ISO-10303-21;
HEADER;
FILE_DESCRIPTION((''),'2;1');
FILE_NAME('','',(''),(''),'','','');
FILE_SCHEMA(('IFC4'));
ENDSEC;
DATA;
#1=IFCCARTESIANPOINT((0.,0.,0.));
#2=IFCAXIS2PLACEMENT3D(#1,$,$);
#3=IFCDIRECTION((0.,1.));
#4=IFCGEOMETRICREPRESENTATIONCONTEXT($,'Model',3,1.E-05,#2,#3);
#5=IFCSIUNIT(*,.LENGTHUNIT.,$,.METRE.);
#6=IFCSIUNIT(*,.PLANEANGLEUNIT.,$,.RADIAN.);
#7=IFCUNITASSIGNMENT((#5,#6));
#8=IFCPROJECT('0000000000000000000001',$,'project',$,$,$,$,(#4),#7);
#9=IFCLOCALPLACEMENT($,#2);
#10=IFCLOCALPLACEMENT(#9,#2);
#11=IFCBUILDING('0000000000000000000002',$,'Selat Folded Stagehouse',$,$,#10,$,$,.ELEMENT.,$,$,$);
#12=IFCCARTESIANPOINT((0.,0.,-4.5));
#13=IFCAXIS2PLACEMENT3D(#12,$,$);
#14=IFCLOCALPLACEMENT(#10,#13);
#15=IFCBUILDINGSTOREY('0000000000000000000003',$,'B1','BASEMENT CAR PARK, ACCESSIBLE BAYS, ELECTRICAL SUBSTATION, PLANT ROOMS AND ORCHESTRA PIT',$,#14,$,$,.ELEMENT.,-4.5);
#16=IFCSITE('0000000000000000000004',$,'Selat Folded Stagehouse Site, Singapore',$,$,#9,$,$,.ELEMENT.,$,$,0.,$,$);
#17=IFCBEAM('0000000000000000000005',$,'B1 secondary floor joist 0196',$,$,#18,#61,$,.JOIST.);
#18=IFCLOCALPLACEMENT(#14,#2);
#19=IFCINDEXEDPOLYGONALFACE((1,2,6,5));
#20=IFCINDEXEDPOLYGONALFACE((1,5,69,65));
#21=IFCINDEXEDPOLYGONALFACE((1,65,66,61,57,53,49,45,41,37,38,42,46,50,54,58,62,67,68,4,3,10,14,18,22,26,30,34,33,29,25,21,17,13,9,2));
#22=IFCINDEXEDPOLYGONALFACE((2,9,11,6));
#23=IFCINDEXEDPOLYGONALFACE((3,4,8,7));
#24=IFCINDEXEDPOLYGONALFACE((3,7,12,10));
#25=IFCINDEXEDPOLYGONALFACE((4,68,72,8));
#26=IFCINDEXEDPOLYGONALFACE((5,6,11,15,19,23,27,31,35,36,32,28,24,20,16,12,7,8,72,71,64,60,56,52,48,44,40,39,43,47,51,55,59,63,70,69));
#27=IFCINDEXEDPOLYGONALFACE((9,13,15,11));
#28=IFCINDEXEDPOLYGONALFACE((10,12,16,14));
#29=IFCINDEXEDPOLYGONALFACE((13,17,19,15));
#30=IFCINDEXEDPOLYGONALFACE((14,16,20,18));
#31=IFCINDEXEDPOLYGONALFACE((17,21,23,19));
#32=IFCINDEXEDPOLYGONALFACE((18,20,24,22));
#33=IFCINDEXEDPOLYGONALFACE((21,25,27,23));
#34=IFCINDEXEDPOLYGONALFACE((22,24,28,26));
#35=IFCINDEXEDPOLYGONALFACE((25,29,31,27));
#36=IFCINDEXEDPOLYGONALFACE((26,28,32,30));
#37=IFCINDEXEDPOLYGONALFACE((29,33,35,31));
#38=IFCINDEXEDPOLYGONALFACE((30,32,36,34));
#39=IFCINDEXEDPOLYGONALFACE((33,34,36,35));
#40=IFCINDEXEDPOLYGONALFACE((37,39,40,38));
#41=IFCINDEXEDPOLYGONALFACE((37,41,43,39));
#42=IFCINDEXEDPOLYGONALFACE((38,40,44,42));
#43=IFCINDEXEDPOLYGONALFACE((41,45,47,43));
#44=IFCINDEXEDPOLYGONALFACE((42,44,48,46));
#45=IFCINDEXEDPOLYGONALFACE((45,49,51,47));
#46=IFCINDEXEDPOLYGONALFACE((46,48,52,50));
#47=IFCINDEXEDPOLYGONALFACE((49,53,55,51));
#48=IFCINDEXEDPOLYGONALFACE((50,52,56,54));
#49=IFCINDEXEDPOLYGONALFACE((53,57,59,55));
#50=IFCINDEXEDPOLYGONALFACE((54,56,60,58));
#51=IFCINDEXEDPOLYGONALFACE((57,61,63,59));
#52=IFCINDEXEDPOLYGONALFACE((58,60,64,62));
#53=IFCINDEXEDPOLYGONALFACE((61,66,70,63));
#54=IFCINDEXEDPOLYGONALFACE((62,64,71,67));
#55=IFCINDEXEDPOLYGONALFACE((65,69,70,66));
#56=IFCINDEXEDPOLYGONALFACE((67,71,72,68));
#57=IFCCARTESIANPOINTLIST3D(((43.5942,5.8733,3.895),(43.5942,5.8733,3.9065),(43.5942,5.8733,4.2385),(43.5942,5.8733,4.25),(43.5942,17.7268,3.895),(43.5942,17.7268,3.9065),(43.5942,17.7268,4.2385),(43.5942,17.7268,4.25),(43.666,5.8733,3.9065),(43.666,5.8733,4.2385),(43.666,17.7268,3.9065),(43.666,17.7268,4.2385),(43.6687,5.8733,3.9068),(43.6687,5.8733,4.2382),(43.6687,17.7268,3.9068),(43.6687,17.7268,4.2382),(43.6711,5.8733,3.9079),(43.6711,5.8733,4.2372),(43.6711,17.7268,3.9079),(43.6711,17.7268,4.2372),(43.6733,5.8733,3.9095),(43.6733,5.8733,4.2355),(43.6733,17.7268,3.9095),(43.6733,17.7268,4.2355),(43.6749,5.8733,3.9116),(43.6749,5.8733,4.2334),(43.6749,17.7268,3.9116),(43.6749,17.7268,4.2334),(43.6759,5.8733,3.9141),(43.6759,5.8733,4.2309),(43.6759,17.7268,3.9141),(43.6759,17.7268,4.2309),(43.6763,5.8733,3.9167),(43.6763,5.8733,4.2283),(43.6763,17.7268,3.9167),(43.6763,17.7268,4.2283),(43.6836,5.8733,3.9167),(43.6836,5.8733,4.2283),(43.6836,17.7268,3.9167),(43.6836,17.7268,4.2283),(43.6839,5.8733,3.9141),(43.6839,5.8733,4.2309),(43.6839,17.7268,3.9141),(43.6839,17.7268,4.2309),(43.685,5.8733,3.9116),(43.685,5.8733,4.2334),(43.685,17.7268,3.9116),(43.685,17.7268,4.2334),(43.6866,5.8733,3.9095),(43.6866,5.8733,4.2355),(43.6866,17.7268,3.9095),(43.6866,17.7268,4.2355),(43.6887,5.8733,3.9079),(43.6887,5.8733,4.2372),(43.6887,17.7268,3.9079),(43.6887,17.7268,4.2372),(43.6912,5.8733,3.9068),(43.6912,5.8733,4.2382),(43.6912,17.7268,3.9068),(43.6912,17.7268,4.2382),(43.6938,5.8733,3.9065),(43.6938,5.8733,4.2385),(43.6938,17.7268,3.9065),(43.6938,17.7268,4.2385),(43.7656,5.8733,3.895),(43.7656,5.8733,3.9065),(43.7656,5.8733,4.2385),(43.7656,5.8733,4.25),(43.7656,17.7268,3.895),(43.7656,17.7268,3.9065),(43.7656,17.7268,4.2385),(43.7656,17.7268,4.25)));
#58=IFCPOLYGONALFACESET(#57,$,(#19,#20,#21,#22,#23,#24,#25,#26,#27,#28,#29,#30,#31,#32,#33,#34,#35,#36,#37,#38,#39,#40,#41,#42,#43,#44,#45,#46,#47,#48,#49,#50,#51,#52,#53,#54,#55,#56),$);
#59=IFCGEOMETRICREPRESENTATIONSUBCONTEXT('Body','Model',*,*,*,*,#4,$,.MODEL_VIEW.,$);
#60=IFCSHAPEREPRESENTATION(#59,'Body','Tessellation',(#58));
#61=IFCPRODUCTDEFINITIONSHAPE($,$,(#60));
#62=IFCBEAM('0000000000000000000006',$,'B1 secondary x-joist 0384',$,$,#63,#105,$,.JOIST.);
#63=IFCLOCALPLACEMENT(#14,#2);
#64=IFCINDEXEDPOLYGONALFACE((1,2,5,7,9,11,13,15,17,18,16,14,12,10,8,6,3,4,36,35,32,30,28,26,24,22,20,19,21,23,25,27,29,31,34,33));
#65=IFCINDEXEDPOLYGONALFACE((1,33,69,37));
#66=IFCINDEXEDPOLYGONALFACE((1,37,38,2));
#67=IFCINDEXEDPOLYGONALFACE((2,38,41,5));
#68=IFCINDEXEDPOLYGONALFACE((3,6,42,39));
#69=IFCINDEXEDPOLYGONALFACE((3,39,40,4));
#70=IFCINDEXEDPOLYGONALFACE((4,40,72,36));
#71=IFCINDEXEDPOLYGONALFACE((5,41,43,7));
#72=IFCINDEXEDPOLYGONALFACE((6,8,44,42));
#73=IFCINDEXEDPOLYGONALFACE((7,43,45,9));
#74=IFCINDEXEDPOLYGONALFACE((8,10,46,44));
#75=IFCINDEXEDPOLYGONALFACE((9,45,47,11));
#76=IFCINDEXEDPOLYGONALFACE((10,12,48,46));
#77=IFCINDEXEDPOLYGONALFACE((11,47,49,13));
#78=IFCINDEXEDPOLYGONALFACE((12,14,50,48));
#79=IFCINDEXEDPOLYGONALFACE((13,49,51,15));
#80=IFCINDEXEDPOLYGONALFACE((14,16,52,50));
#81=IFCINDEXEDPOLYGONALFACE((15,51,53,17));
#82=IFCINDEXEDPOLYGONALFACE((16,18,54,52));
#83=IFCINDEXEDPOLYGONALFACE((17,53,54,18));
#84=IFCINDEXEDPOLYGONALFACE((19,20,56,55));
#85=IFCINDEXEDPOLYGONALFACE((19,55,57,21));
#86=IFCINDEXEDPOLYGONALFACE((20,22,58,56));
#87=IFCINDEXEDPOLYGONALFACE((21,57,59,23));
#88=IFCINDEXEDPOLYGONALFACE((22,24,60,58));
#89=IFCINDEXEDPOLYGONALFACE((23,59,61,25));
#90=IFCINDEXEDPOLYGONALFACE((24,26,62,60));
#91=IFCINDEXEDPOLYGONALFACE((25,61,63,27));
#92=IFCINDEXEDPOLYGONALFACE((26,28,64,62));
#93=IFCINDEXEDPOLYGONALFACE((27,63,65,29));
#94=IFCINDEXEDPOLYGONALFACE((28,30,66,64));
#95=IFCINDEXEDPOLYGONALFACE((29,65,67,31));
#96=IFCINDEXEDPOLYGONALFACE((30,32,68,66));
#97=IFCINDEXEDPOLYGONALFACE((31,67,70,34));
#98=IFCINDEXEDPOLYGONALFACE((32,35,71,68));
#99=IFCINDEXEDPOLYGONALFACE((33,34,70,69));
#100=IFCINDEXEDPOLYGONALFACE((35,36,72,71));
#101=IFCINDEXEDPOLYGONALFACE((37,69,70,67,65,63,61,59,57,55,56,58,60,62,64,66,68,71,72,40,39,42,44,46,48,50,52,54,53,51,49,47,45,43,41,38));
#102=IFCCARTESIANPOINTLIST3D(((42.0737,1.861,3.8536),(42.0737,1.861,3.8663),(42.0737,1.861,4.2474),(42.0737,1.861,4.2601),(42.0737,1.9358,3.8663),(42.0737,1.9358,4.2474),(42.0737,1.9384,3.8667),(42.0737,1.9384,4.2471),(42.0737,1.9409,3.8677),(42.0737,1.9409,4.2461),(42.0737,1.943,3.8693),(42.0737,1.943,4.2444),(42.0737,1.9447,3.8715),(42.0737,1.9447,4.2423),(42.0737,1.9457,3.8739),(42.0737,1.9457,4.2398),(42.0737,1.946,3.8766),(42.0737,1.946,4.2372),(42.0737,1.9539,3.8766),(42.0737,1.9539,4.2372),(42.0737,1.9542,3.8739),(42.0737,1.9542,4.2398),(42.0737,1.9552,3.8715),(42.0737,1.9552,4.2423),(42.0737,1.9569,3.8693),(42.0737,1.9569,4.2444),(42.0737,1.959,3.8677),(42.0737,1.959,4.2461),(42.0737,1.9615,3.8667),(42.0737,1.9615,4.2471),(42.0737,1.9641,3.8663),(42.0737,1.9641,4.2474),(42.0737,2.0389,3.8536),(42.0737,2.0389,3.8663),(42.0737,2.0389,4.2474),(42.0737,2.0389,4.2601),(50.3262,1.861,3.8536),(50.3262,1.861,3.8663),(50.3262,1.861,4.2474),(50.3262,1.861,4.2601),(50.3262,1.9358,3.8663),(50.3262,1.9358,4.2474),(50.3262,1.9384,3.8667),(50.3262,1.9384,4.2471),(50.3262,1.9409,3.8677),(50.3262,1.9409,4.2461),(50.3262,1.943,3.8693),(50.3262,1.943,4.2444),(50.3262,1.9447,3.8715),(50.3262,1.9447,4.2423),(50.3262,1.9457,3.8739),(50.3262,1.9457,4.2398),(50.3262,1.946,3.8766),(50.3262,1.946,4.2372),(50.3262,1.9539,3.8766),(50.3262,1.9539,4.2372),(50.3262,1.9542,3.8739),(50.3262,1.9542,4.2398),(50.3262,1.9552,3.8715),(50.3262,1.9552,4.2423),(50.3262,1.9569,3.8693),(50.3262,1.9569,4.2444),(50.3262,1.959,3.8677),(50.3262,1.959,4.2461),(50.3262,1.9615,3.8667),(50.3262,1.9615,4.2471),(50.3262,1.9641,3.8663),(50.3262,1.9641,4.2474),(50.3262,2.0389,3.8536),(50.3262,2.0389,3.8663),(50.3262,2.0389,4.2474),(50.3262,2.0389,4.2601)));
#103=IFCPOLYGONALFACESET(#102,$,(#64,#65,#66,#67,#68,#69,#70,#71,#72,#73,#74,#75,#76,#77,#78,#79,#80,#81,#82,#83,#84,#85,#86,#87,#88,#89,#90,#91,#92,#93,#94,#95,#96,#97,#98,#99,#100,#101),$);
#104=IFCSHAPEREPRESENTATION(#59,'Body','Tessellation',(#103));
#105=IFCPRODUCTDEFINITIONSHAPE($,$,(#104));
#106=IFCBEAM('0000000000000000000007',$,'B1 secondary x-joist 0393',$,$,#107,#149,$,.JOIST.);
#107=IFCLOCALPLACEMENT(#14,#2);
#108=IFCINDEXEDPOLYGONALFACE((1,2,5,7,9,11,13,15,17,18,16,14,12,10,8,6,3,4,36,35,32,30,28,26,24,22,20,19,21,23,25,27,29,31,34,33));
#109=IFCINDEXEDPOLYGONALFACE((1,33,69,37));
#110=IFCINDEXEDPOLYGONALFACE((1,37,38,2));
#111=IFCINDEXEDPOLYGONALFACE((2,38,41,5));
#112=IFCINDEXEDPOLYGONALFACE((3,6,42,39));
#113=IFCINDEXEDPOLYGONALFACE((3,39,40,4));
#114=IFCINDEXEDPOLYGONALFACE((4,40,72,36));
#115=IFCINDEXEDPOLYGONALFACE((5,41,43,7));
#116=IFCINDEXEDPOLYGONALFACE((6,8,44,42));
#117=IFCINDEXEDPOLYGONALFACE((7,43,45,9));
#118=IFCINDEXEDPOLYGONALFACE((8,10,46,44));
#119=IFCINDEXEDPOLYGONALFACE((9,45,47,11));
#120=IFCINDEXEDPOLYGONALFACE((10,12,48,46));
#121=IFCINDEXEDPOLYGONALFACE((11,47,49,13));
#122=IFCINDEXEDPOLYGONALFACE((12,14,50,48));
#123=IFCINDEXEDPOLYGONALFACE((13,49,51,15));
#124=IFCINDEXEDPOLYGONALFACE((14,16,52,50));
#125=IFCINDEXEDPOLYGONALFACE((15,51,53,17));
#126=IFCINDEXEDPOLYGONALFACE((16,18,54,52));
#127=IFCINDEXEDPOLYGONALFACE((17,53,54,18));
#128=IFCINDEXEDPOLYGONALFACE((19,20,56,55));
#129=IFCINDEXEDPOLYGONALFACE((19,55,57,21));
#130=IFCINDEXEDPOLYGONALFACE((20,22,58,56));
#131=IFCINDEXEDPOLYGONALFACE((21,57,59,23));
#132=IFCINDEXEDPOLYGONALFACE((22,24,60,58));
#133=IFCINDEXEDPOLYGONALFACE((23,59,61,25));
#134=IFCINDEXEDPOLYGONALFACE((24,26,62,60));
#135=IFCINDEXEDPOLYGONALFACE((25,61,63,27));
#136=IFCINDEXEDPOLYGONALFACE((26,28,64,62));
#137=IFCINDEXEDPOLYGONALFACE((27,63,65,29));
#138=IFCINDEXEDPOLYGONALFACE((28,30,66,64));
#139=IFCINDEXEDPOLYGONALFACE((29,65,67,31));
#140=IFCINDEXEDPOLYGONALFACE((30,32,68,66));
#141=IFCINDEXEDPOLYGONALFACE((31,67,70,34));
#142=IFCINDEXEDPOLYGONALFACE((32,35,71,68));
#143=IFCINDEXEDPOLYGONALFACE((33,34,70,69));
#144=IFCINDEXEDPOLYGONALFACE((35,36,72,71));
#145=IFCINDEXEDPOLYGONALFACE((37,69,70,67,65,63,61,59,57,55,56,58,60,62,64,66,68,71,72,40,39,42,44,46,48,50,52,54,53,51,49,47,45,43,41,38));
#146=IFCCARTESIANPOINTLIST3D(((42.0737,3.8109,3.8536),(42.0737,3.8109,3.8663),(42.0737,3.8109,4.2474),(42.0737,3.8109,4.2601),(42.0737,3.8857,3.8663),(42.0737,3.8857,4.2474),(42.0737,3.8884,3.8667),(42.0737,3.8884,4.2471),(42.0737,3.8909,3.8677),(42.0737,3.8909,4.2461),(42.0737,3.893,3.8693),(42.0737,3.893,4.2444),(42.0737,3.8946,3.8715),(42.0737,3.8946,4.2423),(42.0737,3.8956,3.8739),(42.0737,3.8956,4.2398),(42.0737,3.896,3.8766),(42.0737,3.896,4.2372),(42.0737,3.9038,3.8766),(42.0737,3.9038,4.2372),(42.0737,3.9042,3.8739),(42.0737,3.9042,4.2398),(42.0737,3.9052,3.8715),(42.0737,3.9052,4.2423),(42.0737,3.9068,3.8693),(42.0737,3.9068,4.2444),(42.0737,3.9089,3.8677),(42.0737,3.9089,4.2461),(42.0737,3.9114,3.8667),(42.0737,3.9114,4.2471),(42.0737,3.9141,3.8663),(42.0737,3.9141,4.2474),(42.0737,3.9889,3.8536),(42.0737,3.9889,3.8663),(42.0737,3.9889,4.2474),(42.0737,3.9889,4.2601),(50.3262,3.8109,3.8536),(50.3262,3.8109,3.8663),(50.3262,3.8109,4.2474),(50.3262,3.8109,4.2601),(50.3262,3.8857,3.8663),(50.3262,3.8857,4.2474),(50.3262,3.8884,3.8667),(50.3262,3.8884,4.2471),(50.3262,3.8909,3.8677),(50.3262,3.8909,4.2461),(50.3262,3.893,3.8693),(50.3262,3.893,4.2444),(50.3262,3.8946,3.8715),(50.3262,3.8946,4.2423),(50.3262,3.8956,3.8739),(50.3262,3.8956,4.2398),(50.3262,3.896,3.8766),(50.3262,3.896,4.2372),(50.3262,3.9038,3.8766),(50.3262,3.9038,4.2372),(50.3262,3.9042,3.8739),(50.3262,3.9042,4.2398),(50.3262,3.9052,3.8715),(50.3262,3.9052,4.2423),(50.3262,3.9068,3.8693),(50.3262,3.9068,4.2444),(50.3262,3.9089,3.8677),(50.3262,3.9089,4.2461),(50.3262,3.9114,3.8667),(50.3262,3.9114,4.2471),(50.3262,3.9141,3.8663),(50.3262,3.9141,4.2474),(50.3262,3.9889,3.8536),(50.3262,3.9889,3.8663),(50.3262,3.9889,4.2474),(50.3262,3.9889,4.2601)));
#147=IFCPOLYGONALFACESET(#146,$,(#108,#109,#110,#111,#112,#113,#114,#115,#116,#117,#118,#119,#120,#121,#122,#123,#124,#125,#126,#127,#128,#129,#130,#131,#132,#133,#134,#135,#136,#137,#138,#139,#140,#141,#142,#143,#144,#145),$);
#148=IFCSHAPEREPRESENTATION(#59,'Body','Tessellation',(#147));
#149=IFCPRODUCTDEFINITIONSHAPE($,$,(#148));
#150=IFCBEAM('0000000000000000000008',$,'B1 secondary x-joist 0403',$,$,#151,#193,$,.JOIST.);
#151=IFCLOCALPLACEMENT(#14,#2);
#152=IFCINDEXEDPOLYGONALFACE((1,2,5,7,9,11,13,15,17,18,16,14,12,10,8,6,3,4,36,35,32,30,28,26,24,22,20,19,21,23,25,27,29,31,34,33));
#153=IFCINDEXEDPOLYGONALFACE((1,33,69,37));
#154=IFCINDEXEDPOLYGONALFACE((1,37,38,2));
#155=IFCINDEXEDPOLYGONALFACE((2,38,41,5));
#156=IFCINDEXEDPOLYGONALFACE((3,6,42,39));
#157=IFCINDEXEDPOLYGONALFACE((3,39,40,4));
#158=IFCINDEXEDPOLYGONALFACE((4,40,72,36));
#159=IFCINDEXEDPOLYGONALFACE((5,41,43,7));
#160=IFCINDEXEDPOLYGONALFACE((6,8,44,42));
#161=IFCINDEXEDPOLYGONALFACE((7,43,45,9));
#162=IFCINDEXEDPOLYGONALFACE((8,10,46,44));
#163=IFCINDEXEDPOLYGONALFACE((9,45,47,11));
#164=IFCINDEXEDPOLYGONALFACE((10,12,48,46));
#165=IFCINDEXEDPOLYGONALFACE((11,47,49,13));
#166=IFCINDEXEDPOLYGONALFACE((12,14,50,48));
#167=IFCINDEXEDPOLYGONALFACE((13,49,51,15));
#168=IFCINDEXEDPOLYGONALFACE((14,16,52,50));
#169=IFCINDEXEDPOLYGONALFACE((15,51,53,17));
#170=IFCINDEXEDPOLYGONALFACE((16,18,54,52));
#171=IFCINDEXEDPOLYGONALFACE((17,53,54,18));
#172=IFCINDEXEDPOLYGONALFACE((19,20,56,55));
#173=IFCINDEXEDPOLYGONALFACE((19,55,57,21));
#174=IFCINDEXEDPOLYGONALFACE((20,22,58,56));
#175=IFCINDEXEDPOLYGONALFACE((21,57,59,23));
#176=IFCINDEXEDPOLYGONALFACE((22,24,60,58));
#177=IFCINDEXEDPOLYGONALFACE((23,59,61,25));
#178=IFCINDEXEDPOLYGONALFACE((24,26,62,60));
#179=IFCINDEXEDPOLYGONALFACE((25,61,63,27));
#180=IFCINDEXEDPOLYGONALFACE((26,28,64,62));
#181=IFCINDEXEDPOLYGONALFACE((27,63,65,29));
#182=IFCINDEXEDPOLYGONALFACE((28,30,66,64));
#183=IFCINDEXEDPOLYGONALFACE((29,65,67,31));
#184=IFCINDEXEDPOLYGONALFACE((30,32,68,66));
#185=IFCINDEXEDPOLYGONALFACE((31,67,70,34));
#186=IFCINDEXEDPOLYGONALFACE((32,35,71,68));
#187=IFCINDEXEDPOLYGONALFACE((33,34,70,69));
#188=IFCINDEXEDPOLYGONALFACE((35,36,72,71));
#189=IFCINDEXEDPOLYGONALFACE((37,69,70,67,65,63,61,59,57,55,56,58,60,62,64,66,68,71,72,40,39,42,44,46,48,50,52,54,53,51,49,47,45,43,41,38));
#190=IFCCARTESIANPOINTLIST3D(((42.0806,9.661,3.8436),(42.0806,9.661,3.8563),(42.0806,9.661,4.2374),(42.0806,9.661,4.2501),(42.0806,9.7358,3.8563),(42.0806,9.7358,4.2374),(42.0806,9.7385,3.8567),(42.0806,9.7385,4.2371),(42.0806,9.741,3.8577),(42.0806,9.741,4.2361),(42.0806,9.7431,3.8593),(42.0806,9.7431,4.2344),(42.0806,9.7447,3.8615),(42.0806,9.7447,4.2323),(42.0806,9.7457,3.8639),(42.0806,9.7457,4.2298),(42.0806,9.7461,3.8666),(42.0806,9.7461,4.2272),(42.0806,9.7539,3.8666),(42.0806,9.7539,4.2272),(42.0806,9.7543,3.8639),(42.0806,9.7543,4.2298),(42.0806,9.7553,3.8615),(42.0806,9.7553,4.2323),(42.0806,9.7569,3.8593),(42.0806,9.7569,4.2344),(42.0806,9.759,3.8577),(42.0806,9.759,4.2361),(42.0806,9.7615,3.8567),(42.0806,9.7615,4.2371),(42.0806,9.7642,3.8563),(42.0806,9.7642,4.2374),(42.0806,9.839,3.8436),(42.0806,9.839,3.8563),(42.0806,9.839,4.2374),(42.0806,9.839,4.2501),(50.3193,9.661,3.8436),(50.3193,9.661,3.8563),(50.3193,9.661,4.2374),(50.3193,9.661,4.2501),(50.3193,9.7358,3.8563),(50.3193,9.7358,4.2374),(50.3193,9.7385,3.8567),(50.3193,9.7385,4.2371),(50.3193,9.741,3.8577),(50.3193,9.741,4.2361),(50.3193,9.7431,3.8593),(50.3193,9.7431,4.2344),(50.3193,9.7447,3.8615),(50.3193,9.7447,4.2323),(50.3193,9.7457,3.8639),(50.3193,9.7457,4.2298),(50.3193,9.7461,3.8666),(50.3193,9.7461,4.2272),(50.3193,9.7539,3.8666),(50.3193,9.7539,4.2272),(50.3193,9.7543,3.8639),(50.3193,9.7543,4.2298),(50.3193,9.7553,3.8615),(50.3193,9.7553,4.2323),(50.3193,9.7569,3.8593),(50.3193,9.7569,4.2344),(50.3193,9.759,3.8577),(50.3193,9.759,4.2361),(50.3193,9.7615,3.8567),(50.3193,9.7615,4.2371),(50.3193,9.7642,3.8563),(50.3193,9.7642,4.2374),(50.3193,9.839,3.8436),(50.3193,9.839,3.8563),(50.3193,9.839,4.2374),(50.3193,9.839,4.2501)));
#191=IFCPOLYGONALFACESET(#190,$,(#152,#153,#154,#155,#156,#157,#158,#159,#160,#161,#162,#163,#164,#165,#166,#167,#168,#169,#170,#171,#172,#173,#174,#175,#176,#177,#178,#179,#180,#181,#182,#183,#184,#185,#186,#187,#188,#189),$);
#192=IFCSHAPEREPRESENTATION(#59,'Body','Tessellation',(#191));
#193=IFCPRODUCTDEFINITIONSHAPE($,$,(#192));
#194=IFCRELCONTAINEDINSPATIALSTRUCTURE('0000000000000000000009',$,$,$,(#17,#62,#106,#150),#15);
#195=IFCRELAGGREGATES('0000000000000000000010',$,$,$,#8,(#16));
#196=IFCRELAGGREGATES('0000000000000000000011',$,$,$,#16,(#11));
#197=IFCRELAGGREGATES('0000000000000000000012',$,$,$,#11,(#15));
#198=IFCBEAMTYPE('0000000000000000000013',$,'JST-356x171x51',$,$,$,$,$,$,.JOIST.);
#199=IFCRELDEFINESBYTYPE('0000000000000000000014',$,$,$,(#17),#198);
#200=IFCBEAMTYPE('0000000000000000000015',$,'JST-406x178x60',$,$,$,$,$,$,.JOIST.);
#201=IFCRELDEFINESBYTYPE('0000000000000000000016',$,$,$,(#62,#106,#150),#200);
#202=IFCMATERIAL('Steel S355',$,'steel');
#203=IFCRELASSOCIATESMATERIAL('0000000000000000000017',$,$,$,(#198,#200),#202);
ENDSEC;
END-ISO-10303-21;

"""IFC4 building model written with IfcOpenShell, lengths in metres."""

from ifc_helpers import new_model, si_unit, direction, frame, origin, origin_2d, place, context, subcontext, project, spatial, i_section, extrude, material, material_profile, profile_set, type_object, element, save


model = new_model("IFC4")

# Units and contexts
model_context = context("Model", 3, precision=1e-05, world=origin(), true_north=direction((0.0, 1.0)))
body_context = subcontext(model_context, "Body", "Model", "MODEL_VIEW")
ifc_project = project(units=[si_unit("LENGTHUNIT", "METRE"), si_unit("PLANEANGLEUNIT", "RADIAN")], contexts=[model_context])

# Site, building, storey
site_placement = place(None, origin())
site = spatial("IfcSite", under=ifc_project, at=site_placement, Name="Selat Folded Stagehouse Site, Singapore", CompositionType="ELEMENT", RefElevation=0.0)
building_placement = place(site_placement, origin())
building = spatial("IfcBuilding", under=site, at=building_placement, Name="Selat Folded Stagehouse", CompositionType="ELEMENT")
storey_placement = place(building_placement, frame((0.0, 0.0, -4.5)))
storey = spatial("IfcBuildingStorey", under=building, at=storey_placement, Name="B1", Description="BASEMENT CAR PARK, ACCESSIBLE BAYS, ELECTRICAL SUBSTATION, PLANT ROOMS AND ORCHESTRA PIT", CompositionType="ELEMENT", Elevation=-4.5)

# Shared definitions
ifc_material_1 = material(Name="Steel S355", Category="steel")

# Beams
ifc_material_profile_1 = material_profile(ifc_material_1, i_section(OverallWidth=0.1714, OverallDepth=0.355, WebThickness=0.0073, FlangeThickness=0.0115, FilletRadius=0.0103, at=origin_2d()), Name="UKB 356x171x51")
ifc_profile_set_1 = profile_set([ifc_material_profile_1], Name="Steel S355")
beam_type_1 = type_object("IfcBeamType", Name="JST-356x171x51", PredefinedType="JOIST", material=ifc_profile_set_1)
beam_1_placement = place(storey_placement, frame((43.6799, 5.8733, 4.0725), z_axis=(0.0, 1.0, 0.0), x_axis=(-1.0, 0.0, 0.0)))
element("IfcBeam", 1, at=beam_1_placement, inside=storey, type_object=beam_type_1, Name="B1 secondary floor joist 0196", PredefinedType="JOIST", context=body_context, shape_type="SweptSolid", body=[
    extrude(i_section(OverallWidth=0.1714, OverallDepth=0.355, WebThickness=0.0073, FlangeThickness=0.0115, FilletRadius=0.0103, at=origin_2d()), origin(), (0.0, 0.0, 1.0), 11.8535),
])
ifc_material_profile_2 = material_profile(ifc_material_1, i_section(OverallWidth=0.178, OverallDepth=0.4065, WebThickness=0.0078, FlangeThickness=0.0127, FilletRadius=0.0103, at=origin_2d()), Name="UKB 406x178x60")
ifc_profile_set_2 = profile_set([ifc_material_profile_2], Name="Steel S355")
beam_type_2 = type_object("IfcBeamType", Name="JST-406x178x60", PredefinedType="JOIST", material=ifc_profile_set_2)
for number, where, z_axis, x_axis, name in (
    (2, (42.0737, 1.95, 4.0569), (1.0, 0.0, 0.0), (0.0, 1.0, 0.0), "B1 secondary x-joist 0384"),
    (3, (42.0737, 3.8999, 4.0569), (1.0, 0.0, 0.0), (0.0, 1.0, 0.0), "B1 secondary x-joist 0393"),
):
    element("IfcBeam", number, at=place(storey_placement, frame(where, z_axis=z_axis, x_axis=x_axis)), inside=storey, type_object=beam_type_2, Name=name, PredefinedType="JOIST", context=body_context, shape_type="SweptSolid", body=[
        extrude(i_section(OverallWidth=0.178, OverallDepth=0.4065, WebThickness=0.0078, FlangeThickness=0.0127, FilletRadius=0.0103, at=origin_2d()), origin(), (0.0, 0.0, 1.0), 8.2524),
    ])
for number, where, z_axis, x_axis, name in (
    (4, (42.0806, 9.75, 4.0469), (1.0, 0.0, 0.0), (0.0, 1.0, 0.0), "B1 secondary x-joist 0403"),
):
    element("IfcBeam", number, at=place(storey_placement, frame(where, z_axis=z_axis, x_axis=x_axis)), inside=storey, type_object=beam_type_2, Name=name, PredefinedType="JOIST", context=body_context, shape_type="SweptSolid", body=[
        extrude(i_section(OverallWidth=0.178, OverallDepth=0.4065, WebThickness=0.0078, FlangeThickness=0.0127, FilletRadius=0.0103, at=origin_2d()), origin(), (0.0, 0.0, 1.0), 8.2388),
    ])

save(model, "model.ifc")
